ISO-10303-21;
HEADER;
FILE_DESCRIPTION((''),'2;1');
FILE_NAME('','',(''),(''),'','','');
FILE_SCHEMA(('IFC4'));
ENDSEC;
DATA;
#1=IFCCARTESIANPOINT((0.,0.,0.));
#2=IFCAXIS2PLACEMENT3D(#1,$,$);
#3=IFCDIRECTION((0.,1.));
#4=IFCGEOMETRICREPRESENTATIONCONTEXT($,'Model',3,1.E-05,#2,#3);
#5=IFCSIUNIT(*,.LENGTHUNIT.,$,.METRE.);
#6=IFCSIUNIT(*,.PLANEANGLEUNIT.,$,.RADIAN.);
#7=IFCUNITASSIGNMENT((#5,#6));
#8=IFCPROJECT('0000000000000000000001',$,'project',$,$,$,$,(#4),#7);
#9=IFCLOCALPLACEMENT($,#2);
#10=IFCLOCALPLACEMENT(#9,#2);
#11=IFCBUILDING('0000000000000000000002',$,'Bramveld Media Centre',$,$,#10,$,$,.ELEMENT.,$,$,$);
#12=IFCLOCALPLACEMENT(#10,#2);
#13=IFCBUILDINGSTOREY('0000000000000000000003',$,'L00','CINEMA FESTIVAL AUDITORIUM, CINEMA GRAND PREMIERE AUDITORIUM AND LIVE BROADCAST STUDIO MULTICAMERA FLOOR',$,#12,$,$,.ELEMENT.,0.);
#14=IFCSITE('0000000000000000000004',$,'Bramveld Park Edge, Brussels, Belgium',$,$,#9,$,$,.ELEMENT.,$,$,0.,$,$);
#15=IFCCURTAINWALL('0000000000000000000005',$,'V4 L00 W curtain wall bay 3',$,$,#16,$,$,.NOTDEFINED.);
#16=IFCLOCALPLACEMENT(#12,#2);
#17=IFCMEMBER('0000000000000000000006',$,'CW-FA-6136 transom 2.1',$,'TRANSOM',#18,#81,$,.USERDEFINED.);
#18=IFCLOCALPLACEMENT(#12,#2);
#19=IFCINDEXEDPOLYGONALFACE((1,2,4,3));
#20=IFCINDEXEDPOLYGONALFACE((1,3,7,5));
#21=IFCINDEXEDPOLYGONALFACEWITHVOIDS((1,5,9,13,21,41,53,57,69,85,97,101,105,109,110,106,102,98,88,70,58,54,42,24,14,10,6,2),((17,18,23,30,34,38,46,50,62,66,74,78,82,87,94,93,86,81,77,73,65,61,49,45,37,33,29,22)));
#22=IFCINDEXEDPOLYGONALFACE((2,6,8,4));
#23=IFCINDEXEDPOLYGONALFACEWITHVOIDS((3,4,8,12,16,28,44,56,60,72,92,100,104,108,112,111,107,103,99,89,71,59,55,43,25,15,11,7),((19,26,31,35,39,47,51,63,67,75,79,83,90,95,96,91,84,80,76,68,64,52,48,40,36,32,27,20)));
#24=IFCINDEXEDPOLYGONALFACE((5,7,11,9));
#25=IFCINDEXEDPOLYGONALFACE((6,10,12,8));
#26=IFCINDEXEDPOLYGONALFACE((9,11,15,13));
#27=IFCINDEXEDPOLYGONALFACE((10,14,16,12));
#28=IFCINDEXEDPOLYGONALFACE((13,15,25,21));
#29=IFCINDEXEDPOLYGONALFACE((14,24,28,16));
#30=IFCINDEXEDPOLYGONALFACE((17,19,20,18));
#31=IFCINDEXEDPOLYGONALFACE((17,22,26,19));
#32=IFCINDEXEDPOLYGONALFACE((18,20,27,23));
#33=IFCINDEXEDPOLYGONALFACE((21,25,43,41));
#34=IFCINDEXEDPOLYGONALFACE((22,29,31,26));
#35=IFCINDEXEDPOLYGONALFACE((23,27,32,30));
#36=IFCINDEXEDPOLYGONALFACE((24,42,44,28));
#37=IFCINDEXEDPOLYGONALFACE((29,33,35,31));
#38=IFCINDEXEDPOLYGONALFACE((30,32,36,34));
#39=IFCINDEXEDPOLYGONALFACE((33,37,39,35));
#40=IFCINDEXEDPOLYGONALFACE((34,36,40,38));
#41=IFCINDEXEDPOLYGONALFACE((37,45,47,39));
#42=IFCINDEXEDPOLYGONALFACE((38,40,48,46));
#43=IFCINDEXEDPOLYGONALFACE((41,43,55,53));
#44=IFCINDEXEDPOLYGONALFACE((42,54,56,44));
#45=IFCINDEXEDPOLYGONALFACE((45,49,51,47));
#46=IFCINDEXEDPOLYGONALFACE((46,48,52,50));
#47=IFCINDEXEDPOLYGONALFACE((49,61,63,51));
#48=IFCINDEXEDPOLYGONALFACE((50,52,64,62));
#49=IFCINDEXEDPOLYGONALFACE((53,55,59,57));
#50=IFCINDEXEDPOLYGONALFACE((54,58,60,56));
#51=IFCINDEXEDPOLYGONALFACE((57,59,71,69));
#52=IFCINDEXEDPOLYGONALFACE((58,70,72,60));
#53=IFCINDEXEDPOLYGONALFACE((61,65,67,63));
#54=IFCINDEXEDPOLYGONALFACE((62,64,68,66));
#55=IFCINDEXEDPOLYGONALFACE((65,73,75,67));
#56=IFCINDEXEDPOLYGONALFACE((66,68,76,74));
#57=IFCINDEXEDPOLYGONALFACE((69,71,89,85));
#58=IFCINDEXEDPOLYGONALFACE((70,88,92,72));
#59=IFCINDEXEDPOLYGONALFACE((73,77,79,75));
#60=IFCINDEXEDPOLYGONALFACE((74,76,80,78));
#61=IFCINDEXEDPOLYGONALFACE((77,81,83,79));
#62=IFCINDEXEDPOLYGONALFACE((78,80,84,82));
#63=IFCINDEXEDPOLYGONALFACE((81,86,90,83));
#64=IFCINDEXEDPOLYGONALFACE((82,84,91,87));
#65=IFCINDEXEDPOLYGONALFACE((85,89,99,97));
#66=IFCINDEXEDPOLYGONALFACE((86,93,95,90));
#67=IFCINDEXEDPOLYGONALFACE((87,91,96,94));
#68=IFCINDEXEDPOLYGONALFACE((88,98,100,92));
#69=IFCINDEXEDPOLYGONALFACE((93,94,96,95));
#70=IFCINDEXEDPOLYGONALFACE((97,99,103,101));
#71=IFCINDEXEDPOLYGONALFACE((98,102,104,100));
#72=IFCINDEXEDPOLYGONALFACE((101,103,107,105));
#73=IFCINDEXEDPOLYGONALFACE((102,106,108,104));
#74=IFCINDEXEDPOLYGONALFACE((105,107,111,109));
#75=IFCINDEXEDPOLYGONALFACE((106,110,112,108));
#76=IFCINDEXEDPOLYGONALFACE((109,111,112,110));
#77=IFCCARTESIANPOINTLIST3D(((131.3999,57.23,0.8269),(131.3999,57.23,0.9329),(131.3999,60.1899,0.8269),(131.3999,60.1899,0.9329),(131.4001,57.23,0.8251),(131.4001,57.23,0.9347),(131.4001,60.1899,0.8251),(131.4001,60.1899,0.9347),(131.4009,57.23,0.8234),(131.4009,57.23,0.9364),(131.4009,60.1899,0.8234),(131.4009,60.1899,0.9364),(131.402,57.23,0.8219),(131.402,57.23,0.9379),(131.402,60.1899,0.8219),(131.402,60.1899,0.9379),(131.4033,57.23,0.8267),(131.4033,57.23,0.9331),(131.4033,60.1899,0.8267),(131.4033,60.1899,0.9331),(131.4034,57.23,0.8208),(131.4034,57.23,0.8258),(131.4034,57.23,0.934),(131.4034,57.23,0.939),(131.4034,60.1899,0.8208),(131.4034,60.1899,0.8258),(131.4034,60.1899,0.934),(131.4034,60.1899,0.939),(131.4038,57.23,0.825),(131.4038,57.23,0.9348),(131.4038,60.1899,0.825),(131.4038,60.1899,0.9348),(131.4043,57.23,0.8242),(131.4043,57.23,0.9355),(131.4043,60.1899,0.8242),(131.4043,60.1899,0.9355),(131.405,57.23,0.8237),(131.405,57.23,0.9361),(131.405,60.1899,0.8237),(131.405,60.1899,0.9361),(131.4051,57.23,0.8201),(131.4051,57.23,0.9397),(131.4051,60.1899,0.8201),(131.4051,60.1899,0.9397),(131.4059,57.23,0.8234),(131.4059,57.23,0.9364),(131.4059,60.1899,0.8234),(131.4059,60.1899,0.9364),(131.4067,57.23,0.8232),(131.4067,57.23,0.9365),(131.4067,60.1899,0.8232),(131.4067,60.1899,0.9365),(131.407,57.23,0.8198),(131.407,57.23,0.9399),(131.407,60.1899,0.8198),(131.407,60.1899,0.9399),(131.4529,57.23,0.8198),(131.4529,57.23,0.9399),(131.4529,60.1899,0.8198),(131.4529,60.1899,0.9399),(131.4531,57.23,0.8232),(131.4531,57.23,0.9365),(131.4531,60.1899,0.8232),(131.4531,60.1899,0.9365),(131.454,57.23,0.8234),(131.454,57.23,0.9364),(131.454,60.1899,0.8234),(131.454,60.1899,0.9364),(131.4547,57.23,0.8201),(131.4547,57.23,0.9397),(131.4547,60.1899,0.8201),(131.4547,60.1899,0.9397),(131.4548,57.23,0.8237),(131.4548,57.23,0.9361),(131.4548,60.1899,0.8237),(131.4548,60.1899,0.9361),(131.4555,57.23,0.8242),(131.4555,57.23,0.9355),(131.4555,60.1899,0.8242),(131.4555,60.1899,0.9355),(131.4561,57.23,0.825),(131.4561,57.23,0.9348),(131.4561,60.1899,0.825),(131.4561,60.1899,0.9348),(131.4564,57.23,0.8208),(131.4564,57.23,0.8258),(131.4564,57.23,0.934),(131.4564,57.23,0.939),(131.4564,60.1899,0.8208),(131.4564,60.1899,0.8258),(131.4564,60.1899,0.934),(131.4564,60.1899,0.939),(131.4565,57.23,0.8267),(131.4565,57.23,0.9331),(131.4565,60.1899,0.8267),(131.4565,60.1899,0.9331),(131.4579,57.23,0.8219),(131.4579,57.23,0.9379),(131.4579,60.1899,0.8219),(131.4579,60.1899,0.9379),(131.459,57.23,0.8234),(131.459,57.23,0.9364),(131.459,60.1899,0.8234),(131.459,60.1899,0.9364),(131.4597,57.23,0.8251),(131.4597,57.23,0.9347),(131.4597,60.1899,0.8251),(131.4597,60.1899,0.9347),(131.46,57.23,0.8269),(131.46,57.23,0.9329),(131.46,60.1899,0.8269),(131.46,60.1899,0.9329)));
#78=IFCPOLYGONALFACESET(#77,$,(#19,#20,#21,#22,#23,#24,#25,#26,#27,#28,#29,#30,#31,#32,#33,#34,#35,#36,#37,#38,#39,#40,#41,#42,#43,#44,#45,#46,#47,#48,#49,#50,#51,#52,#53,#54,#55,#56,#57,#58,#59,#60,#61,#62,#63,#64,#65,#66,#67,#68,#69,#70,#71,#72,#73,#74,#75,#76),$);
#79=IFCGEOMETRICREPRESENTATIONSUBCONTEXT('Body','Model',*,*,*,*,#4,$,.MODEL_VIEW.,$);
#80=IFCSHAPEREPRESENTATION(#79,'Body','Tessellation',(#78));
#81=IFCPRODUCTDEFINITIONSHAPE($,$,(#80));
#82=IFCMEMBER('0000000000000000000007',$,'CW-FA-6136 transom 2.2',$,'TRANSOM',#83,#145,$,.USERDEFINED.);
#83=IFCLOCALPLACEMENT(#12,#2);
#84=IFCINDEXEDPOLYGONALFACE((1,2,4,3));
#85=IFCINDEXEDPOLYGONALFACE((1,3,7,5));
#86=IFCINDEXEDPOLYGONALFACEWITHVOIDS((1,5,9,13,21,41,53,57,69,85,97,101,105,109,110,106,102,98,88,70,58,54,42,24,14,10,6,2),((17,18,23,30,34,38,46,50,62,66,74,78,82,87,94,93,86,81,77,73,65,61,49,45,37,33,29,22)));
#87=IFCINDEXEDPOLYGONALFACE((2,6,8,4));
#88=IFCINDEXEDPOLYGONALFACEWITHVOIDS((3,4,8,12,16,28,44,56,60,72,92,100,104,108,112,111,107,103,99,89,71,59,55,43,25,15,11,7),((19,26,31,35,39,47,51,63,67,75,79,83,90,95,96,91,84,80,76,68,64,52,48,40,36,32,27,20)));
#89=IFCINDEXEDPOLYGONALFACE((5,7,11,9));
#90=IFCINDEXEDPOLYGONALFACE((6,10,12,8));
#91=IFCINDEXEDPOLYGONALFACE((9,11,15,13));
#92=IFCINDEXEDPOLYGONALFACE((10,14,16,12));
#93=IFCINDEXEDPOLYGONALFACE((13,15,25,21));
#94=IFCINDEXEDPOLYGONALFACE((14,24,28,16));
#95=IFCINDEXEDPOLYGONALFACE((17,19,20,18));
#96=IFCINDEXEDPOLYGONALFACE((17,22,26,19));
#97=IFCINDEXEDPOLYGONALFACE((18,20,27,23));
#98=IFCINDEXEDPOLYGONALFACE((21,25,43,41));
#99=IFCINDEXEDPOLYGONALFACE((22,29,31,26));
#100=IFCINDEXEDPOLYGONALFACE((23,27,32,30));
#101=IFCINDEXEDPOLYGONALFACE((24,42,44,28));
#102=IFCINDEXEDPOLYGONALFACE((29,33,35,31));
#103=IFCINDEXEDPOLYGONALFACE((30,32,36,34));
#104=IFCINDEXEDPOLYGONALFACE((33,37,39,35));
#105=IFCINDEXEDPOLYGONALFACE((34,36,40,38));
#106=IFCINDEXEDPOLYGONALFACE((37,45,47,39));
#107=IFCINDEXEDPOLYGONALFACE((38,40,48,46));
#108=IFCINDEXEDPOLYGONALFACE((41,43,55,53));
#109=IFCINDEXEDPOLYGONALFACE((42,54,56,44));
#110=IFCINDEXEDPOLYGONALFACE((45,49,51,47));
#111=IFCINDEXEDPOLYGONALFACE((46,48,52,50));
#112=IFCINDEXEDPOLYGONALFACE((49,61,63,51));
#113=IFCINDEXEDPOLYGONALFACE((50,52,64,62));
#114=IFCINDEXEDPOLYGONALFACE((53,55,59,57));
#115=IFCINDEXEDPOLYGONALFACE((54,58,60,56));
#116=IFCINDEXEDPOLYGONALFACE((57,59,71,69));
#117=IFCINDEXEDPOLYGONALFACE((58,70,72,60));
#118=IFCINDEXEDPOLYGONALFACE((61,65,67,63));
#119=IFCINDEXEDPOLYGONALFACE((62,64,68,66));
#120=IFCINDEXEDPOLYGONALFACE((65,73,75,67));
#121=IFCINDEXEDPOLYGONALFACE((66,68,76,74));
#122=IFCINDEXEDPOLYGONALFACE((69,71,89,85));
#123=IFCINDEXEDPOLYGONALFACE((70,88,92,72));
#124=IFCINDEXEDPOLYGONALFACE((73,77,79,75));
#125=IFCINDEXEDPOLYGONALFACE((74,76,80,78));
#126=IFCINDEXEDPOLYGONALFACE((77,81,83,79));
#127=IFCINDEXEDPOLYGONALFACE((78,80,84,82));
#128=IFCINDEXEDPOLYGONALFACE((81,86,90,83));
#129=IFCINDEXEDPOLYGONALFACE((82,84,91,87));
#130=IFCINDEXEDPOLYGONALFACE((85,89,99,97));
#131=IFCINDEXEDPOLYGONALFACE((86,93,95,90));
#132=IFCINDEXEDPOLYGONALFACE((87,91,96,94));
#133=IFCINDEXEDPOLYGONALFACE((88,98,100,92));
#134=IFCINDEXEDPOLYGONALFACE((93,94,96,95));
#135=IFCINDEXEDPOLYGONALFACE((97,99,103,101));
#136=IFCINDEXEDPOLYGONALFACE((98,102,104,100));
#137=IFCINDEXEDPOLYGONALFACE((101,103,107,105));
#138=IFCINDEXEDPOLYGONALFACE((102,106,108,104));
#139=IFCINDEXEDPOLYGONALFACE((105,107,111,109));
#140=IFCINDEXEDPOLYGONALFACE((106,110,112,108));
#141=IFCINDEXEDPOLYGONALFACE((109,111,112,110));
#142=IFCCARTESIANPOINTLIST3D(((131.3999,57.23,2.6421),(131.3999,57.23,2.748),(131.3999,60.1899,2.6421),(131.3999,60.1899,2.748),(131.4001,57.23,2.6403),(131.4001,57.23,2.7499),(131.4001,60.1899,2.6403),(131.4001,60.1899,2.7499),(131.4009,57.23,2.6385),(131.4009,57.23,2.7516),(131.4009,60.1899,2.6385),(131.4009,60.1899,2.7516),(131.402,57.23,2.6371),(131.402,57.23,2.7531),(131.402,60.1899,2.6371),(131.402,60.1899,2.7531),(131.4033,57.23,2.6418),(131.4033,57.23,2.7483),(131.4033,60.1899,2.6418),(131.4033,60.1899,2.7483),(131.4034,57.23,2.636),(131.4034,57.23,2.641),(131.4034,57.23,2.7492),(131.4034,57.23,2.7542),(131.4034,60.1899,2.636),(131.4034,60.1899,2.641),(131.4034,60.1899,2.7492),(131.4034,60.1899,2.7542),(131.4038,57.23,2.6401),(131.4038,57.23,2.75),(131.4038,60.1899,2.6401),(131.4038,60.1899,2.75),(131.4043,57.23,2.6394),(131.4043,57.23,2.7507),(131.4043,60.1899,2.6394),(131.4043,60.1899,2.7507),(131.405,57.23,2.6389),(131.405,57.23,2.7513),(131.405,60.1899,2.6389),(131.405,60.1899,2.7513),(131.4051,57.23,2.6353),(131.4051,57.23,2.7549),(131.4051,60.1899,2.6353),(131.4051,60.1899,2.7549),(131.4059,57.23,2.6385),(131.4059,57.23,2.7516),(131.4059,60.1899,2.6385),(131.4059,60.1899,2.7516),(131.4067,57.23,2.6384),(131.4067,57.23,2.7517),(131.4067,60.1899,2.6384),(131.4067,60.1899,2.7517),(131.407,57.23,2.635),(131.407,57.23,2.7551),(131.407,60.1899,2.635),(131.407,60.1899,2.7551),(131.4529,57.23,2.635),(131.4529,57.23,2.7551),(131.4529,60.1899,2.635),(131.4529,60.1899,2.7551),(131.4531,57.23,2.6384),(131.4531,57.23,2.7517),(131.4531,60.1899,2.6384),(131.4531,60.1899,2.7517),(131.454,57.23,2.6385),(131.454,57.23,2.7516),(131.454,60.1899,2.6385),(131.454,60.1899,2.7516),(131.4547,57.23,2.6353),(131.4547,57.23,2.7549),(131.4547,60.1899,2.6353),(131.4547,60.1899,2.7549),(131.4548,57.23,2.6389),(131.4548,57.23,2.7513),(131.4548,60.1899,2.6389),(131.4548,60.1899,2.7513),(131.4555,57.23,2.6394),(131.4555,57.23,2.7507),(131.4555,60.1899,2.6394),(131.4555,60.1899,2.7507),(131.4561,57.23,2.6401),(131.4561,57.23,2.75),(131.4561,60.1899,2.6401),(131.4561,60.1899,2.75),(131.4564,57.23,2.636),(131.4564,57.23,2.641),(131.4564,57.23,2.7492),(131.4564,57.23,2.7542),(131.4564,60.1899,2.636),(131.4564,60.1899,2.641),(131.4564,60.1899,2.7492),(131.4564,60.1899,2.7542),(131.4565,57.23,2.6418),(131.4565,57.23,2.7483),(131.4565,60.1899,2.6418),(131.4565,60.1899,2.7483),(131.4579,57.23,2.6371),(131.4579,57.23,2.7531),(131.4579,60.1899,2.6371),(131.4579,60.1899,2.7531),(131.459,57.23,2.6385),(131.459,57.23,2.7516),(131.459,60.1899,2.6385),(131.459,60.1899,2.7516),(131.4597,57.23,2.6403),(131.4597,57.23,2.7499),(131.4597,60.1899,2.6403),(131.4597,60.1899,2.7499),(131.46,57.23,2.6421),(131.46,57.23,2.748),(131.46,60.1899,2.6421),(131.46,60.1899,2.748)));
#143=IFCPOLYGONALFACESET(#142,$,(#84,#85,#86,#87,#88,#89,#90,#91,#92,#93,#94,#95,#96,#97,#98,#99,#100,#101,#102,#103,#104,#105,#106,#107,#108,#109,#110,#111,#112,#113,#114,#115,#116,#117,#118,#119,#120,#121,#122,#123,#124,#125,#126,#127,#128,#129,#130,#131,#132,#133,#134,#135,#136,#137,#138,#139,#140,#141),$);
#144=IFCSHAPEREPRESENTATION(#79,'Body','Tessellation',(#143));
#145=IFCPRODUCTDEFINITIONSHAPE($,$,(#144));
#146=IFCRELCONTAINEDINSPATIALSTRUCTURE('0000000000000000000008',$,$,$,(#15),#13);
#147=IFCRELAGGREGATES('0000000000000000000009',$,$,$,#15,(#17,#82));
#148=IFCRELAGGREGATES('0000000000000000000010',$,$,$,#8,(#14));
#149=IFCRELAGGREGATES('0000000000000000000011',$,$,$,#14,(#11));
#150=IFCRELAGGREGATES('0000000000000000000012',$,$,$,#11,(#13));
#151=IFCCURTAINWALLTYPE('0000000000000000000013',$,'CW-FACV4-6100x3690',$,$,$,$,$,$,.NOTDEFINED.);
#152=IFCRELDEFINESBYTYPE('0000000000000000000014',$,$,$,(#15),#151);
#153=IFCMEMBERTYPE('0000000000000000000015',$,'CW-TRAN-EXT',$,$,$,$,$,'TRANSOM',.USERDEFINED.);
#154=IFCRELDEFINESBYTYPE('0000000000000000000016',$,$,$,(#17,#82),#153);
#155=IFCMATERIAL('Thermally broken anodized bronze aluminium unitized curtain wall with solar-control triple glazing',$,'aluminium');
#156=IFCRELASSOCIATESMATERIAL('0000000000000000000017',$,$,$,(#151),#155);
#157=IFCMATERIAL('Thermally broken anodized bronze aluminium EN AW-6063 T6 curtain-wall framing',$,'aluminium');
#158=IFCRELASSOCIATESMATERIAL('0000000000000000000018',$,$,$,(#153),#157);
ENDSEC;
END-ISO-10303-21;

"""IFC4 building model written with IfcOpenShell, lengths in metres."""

from ifc_helpers import new_model, si_unit, direction, frame, origin, origin_2d, place, context, subcontext, project, spatial, hollow_rectangle, extrude, material, material_profile, profile_set, type_object, element, aggregate, save


model = new_model("IFC4")

# Units and contexts
model_context = context("Model", 3, precision=1e-05, world=origin(), true_north=direction((0.0, 1.0)))
body_context = subcontext(model_context, "Body", "Model", "MODEL_VIEW")
ifc_project = project(units=[si_unit("LENGTHUNIT", "METRE"), si_unit("PLANEANGLEUNIT", "RADIAN")], contexts=[model_context])

# Site, building, storey
site_placement = place(None, origin())
site = spatial("IfcSite", under=ifc_project, at=site_placement, Name="Bramveld Park Edge, Brussels, Belgium", CompositionType="ELEMENT", RefElevation=0.0)
building_placement = place(site_placement, origin())
building = spatial("IfcBuilding", under=site, at=building_placement, Name="Bramveld Media Centre", CompositionType="ELEMENT")
storey_placement = place(building_placement, origin())
storey = spatial("IfcBuildingStorey", under=building, at=storey_placement, Name="L00", Description="CINEMA FESTIVAL AUDITORIUM, CINEMA GRAND PREMIERE AUDITORIUM AND LIVE BROADCAST STUDIO MULTICAMERA FLOOR", CompositionType="ELEMENT", Elevation=0.0)

# Curtain wall
ifc_material_1 = material(Name="Thermally broken anodized bronze aluminium unitized curtain wall with solar-control triple glazing", Category="aluminium")
curtain_wall_type = type_object("IfcCurtainWallType", Name="CW-FACV4-6100x3690", PredefinedType="NOTDEFINED", material=ifc_material_1)
curtain_wall_1_placement = place(storey_placement, origin())
curtain_wall_1 = element("IfcCurtainWall", 1, at=curtain_wall_1_placement, inside=storey, type_object=curtain_wall_type, Name="V4 L00 W curtain wall bay 3", PredefinedType="NOTDEFINED")

# Members
ifc_material_2 = material(Name="Thermally broken anodized bronze aluminium EN AW-6063 T6 curtain-wall framing", Category="aluminium")
ifc_material_profile_1 = material_profile(ifc_material_2, hollow_rectangle(XDim=0.0601, YDim=0.1201, WallThickness=0.0034, InnerFilletRadius=0.0034, OuterFilletRadius=0.0071, at=origin_2d()), Name="AL-TRAN 60x120")
ifc_profile_set_1 = profile_set([ifc_material_profile_1], Name="Thermally broken anodized bronze aluminium EN AW-6063 T6 curtain-wall framing")
member_type_1 = type_object("IfcMemberType", Name="CW-TRAN-EXT", ElementType="TRANSOM", PredefinedType="USERDEFINED", material=ifc_profile_set_1)
member_1_placement = place(storey_placement, frame((131.4299, 57.23, 0.8799), z_axis=(0.0, 1.0, 0.0), x_axis=(-1.0, 0.0, 0.0)))
member_1 = element("IfcMember", 2, at=member_1_placement, type_object=member_type_1, Name="CW-FA-6136 transom 2.1", ObjectType="TRANSOM", PredefinedType="USERDEFINED", context=body_context, shape_type="SweptSolid", body=[
    extrude(hollow_rectangle(XDim=0.0601, YDim=0.1201, WallThickness=0.0034, InnerFilletRadius=0.0034, OuterFilletRadius=0.0071, at=origin_2d()), origin(), (0.0, 0.0, 1.0), 2.96),
])
member_2_placement = place(storey_placement, frame((131.4299, 57.23, 2.6951), z_axis=(0.0, 1.0, 0.0), x_axis=(-1.0, 0.0, 0.0)))
member_2 = element("IfcMember", 3, at=member_2_placement, type_object=member_type_1, Name="CW-FA-6136 transom 2.2", ObjectType="TRANSOM", PredefinedType="USERDEFINED", context=body_context, shape_type="SweptSolid", body=[
    extrude(hollow_rectangle(XDim=0.0601, YDim=0.1201, WallThickness=0.0034, InnerFilletRadius=0.0034, OuterFilletRadius=0.0071, at=origin_2d()), origin(), (0.0, 0.0, 1.0), 2.96),
])

aggregate(curtain_wall_1, [member_1, member_2])

save(model, "model.ifc")
